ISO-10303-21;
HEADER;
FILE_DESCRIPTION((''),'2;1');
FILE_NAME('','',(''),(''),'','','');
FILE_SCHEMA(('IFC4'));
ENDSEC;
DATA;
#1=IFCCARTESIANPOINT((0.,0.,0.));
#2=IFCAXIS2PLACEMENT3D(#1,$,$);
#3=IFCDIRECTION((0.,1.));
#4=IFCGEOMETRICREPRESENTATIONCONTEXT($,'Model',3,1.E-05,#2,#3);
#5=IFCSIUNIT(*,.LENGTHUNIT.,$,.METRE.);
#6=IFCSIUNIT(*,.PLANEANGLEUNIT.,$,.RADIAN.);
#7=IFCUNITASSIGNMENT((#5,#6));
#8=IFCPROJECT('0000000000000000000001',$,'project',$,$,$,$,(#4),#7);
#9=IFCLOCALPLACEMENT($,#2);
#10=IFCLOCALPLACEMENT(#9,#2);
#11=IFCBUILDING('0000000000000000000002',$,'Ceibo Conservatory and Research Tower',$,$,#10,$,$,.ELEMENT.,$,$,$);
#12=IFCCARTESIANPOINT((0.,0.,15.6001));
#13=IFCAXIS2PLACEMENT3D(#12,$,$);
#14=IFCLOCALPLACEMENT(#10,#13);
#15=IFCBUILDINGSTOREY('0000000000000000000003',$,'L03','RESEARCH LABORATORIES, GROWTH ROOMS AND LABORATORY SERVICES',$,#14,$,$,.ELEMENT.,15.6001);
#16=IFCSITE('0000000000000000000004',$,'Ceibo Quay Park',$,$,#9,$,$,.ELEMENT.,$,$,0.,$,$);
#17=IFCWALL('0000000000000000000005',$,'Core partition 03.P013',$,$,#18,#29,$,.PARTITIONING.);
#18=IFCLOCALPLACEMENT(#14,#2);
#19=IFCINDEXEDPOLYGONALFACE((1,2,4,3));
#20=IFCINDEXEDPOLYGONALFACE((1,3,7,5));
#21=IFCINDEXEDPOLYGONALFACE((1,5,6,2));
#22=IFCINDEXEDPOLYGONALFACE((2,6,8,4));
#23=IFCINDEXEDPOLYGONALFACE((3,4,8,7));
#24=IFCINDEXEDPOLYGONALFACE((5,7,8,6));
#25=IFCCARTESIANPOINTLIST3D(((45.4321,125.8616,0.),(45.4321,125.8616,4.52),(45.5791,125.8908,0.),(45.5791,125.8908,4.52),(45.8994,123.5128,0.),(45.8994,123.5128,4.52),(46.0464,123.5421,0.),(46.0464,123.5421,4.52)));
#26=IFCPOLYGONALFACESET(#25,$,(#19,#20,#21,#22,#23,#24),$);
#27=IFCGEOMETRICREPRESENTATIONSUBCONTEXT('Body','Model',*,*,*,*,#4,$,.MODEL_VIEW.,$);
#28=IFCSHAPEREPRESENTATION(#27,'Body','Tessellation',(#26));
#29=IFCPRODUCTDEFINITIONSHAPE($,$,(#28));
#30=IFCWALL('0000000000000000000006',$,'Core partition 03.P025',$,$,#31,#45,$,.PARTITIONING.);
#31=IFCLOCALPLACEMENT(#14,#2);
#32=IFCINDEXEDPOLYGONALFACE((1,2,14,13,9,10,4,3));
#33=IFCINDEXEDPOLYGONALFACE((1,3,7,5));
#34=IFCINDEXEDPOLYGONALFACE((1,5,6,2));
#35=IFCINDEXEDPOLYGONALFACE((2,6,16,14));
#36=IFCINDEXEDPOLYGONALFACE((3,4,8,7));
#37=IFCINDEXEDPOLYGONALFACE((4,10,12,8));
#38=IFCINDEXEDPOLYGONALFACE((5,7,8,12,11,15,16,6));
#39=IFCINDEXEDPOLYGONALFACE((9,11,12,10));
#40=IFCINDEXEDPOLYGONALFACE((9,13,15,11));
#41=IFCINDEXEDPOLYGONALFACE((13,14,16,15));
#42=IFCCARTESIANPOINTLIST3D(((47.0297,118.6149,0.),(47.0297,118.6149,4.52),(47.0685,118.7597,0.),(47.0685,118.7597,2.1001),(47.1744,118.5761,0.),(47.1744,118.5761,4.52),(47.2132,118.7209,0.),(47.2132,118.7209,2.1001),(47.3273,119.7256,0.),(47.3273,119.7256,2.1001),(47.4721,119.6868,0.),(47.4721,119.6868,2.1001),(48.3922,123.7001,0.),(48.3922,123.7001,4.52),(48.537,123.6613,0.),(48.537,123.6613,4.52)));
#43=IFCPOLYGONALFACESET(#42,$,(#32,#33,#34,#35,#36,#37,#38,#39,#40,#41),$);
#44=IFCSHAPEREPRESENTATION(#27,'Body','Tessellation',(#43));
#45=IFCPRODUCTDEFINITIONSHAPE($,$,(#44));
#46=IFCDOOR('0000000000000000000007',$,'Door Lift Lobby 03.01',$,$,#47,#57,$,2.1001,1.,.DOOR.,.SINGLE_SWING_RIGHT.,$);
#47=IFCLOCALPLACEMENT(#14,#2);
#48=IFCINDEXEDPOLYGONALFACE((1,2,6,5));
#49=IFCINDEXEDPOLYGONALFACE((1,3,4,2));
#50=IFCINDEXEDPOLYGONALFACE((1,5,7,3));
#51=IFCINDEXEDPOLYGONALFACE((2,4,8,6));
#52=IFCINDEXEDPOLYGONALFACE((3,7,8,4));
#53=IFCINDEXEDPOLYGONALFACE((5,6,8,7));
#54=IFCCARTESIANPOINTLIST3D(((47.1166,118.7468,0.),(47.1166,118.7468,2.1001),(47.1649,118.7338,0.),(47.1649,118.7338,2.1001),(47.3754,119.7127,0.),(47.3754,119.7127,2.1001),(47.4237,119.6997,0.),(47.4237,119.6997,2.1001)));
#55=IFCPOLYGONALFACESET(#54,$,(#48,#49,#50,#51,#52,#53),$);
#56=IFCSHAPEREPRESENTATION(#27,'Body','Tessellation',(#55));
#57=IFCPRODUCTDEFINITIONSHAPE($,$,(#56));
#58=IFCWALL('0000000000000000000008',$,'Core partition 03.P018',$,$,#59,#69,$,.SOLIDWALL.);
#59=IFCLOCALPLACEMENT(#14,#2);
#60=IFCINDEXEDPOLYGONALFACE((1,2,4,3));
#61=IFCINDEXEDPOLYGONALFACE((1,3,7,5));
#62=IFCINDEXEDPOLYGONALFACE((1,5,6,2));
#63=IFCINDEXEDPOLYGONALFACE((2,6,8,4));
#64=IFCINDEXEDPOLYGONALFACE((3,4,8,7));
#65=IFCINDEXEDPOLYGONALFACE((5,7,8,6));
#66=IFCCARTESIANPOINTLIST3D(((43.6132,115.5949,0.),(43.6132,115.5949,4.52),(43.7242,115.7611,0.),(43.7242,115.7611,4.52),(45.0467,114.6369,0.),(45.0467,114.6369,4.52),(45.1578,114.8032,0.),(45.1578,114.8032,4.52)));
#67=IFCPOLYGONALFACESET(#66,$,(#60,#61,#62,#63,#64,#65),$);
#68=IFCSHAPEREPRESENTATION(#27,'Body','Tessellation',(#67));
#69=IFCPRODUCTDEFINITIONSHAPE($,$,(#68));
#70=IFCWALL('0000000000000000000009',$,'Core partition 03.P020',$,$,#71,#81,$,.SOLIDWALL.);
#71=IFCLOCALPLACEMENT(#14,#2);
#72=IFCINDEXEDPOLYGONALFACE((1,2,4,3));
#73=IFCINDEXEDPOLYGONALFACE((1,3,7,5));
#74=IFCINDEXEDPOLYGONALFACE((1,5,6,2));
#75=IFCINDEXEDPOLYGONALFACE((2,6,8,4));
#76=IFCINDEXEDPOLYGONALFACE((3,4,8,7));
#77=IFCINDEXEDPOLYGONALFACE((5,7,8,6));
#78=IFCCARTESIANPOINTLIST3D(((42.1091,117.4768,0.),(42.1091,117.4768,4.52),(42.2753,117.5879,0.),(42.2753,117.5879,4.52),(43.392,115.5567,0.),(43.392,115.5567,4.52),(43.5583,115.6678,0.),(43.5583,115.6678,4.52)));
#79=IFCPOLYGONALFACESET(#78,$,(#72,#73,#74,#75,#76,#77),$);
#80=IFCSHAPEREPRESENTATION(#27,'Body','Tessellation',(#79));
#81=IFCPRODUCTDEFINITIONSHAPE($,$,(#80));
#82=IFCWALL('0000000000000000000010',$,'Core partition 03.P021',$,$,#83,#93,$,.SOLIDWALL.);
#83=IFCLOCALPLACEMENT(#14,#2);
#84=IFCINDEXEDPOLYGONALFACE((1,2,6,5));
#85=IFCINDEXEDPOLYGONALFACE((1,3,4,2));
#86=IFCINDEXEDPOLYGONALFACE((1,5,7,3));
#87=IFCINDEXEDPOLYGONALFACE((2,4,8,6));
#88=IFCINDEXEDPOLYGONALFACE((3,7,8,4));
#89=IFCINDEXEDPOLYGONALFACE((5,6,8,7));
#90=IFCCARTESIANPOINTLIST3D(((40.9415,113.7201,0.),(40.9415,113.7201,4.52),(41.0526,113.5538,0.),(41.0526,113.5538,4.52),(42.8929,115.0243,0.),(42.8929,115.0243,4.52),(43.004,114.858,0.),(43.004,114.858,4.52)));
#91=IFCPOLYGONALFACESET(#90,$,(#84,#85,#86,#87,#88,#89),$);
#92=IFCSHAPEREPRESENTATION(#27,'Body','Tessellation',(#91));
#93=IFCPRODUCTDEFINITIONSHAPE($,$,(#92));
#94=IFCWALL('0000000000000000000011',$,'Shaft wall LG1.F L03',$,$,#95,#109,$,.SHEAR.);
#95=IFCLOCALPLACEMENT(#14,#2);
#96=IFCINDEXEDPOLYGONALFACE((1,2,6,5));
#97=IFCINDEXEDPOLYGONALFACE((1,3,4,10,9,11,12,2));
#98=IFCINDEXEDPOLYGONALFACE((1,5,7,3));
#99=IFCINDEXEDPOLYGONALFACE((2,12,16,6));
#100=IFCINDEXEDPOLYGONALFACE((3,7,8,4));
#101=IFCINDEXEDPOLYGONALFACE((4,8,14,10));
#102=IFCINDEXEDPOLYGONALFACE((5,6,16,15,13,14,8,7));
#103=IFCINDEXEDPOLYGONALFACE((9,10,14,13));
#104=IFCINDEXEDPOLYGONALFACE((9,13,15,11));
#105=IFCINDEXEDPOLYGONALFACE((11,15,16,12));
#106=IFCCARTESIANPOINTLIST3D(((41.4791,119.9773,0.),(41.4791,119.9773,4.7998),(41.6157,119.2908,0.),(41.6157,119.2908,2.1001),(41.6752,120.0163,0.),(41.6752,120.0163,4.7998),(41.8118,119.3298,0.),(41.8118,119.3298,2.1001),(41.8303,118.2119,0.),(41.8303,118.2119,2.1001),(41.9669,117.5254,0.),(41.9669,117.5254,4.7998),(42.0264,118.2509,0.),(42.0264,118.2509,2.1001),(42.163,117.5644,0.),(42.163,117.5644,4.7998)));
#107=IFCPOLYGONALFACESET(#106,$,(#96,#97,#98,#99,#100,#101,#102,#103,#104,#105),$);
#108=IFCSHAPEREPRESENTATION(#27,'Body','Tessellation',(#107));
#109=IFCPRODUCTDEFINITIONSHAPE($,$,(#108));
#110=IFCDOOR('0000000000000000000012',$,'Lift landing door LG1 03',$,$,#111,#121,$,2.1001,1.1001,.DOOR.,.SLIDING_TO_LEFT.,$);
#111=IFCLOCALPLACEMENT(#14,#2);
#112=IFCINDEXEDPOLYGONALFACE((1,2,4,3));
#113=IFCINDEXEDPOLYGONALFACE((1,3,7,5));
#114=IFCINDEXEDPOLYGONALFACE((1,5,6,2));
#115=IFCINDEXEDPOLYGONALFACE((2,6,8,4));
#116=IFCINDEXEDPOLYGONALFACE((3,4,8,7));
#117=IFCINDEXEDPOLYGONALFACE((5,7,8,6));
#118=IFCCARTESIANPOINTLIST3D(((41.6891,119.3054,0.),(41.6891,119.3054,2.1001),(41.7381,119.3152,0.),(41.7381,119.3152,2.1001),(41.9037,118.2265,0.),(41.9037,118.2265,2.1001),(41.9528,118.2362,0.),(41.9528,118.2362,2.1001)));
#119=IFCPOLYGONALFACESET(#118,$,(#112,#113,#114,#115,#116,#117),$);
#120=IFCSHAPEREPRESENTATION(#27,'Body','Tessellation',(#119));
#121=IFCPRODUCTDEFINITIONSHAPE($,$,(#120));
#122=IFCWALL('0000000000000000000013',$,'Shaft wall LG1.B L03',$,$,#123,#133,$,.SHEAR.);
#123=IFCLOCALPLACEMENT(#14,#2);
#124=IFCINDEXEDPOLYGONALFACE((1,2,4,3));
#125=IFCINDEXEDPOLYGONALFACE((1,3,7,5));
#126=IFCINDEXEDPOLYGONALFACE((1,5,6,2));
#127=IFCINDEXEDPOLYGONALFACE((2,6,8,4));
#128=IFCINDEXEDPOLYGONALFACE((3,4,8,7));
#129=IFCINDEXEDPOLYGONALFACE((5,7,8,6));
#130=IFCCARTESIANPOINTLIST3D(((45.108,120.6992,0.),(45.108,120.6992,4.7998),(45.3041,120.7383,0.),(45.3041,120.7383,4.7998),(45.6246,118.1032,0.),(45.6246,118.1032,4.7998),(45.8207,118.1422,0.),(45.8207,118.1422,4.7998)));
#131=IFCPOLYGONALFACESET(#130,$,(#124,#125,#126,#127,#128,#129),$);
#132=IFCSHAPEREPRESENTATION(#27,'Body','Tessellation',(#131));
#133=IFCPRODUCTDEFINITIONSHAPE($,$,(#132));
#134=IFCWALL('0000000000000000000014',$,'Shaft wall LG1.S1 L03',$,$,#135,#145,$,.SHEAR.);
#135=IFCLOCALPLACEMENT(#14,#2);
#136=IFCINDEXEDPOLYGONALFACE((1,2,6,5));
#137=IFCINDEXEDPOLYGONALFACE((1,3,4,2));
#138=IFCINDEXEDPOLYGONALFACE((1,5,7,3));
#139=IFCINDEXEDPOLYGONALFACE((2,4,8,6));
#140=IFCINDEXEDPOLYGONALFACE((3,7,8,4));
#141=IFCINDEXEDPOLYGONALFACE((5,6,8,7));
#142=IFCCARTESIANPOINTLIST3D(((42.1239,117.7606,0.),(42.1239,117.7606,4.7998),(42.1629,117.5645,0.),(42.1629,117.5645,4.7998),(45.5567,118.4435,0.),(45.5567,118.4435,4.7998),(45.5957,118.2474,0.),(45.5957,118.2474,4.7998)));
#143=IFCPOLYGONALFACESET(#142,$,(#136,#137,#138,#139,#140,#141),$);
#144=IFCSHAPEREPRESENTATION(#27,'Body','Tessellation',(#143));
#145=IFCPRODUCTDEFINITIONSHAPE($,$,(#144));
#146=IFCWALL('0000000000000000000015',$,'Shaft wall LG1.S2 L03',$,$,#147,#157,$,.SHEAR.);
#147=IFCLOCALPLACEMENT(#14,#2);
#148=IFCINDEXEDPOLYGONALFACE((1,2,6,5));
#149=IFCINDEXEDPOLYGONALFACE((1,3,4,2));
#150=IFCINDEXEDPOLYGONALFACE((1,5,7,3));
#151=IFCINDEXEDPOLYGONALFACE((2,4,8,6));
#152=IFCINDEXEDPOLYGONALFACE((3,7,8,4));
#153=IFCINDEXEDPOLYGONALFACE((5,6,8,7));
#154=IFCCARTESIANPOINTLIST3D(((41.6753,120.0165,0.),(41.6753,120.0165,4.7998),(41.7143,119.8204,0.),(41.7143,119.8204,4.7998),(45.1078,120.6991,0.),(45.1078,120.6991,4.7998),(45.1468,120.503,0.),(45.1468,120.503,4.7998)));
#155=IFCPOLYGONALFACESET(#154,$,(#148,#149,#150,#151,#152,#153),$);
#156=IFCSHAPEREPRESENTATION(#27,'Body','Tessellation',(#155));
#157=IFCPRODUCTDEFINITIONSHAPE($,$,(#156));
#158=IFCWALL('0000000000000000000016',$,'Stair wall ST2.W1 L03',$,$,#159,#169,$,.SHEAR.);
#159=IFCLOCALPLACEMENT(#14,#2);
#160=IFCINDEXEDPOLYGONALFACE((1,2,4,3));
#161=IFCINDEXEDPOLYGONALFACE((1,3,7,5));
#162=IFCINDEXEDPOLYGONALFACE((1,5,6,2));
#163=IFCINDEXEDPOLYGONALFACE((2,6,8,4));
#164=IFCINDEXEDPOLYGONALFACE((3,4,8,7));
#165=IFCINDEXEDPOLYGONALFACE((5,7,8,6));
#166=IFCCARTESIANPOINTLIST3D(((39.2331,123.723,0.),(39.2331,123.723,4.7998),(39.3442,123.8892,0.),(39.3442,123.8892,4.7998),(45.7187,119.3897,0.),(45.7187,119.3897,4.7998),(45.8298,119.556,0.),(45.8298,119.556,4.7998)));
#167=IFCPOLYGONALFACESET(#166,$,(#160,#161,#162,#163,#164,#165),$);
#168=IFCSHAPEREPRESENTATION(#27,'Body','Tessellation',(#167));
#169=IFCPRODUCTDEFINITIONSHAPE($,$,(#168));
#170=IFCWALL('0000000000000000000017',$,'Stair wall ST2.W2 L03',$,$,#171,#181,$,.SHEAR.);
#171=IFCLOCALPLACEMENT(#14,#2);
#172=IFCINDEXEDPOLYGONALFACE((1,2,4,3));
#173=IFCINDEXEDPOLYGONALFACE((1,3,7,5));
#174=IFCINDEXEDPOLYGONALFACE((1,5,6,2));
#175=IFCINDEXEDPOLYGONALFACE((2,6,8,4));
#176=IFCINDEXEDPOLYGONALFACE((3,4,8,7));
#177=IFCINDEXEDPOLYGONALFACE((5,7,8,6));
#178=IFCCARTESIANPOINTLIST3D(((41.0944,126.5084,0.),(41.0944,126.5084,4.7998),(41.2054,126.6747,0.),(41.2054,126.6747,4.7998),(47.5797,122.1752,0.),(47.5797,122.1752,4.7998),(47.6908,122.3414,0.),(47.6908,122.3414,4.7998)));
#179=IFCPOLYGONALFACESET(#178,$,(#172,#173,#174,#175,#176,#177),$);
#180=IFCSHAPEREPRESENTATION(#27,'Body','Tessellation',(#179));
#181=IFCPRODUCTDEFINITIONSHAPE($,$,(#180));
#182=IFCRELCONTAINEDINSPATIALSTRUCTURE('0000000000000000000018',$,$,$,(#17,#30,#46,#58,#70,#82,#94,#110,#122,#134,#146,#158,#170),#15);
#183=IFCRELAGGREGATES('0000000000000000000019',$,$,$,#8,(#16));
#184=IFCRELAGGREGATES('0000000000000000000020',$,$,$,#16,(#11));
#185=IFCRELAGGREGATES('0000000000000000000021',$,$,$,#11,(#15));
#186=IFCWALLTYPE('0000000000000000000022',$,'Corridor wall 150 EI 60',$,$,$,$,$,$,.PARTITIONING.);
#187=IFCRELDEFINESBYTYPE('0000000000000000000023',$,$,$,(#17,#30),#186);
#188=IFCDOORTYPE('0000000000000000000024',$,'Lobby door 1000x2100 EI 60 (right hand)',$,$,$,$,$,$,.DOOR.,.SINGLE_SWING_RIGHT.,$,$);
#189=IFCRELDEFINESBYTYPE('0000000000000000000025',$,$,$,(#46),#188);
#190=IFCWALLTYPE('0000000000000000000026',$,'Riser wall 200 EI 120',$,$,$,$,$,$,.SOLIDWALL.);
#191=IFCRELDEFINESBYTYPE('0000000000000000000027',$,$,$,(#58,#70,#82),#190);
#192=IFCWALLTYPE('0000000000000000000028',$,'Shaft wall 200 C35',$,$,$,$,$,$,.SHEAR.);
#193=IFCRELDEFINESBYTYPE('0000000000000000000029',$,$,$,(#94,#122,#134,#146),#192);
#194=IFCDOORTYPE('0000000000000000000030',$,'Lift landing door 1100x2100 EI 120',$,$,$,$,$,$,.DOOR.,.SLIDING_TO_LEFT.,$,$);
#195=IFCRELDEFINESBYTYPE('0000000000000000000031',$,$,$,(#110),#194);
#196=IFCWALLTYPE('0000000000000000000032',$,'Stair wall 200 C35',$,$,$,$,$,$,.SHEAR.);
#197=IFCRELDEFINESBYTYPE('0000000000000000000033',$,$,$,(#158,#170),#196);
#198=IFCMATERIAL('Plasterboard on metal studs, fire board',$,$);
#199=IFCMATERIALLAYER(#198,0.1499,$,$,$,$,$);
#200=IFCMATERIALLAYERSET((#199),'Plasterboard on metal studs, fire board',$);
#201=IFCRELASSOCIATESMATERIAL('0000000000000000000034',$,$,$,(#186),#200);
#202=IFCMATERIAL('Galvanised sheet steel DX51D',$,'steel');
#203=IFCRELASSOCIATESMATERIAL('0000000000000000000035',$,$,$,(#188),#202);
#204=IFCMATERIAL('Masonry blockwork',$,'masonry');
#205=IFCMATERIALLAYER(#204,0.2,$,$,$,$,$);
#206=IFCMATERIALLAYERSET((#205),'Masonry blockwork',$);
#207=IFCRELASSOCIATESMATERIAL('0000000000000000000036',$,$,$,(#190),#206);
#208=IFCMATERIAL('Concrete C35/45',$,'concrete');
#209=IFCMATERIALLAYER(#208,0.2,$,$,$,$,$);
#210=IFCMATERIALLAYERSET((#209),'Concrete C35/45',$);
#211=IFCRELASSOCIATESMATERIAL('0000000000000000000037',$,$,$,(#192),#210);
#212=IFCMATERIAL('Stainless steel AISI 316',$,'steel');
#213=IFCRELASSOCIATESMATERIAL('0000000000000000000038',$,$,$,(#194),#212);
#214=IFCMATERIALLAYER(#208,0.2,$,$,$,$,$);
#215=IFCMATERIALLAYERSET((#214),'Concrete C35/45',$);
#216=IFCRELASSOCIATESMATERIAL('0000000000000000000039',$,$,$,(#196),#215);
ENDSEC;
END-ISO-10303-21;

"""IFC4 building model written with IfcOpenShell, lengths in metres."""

from ifc_helpers import new_model, si_unit, direction, frame, frame_2d, origin, place, context, subcontext, project, spatial, rectangle, extrude, material, layer, layer_set, type_object, element, fill, save


model = new_model("IFC4")

# Units and contexts
model_context = context("Model", 3, precision=1e-05, world=origin(), true_north=direction((0.0, 1.0)))
body_context = subcontext(model_context, "Body", "Model", "MODEL_VIEW")
ifc_project = project(units=[si_unit("LENGTHUNIT", "METRE"), si_unit("PLANEANGLEUNIT", "RADIAN")], contexts=[model_context])

# Site, building, storey
site_placement = place(None, origin())
site = spatial("IfcSite", under=ifc_project, at=site_placement, Name="Ceibo Quay Park", CompositionType="ELEMENT", RefElevation=0.0)
building_placement = place(site_placement, origin())
building = spatial("IfcBuilding", under=site, at=building_placement, Name="Ceibo Conservatory and Research Tower", CompositionType="ELEMENT")
storey_placement = place(building_placement, frame((0.0, 0.0, 15.6001)))
storey = spatial("IfcBuildingStorey", under=building, at=storey_placement, Name="L03", Description="RESEARCH LABORATORIES, GROWTH ROOMS AND LABORATORY SERVICES", CompositionType="ELEMENT", Elevation=15.6001)

# Shared definitions
ifc_material_1 = material(Name="Concrete C35/45", Category="concrete")

# Shared definitions
ifc_material_2 = material(Name="Galvanised sheet steel DX51D", Category="steel")

# Wall
ifc_material_3 = material(Name="Plasterboard on metal studs, fire board")
ifc_layer_1 = layer(ifc_material_3, 0.1499)
ifc_layer_set_1 = layer_set([ifc_layer_1], Name="Plasterboard on metal studs, fire board")
wall_type_1 = type_object("IfcWallType", Name="Corridor wall 150 EI 60", PredefinedType="PARTITIONING", material=ifc_layer_set_1)
wall_1_placement = place(storey_placement, frame((45.9729, 123.5276, 0.0), z_axis=(0.0, 0.0, 1.0), x_axis=(-0.195136, 0.980776, 0.0)))
element("IfcWall", 1, at=wall_1_placement, inside=storey, type_object=wall_type_1, Name="Core partition 03.P013", PredefinedType="PARTITIONING", context=body_context, shape_type="SweptSolid", body=[
    extrude(rectangle(XDim=2.3948, YDim=0.1499, at=frame_2d((1.1973, 0.0))), origin(), (0.0, 0.0, 1.0), 4.52),
])

# Wall, opening, door
wall_2_placement = place(storey_placement, frame((47.1021, 118.5955, 0.0), z_axis=(0.0, 0.0, 1.0), x_axis=(0.258814, 0.965927, 0.0)))
wall_2 = element("IfcWall", 2, at=wall_2_placement, inside=storey, type_object=wall_type_1, Name="Core partition 03.P025", PredefinedType="PARTITIONING", context=body_context, shape_type="SweptSolid", body=[
    extrude(rectangle(XDim=5.2646, YDim=0.1499, at=frame_2d((2.6323, 0.0))), origin(), (0.0, 0.0, 1.0), 4.52),
])
opening_1_placement = place(wall_2_placement, frame((0.1499, 0.0, 0.0)))
opening_1 = element("IfcOpeningElement", 3, at=opening_1_placement, cuts=wall_2, PredefinedType="OPENING", context=body_context, shape_type="SweptSolid", body=[
    extrude(rectangle(XDim=1.0, YDim=2.1001, at=frame_2d((0.5, 1.05))), frame((0.0, 0.085, 0.0), z_axis=(0.0, -1.0, 0.0), x_axis=(1.0, 0.0, 0.0)), (0.0, 0.0, 1.0), 0.1699),
])
door_type_1 = type_object("IfcDoorType", Name="Lobby door 1000x2100 EI 60 (right hand)", OperationType="SINGLE_SWING_RIGHT", PredefinedType="DOOR", material=ifc_material_2)
door_1_placement = place(opening_1_placement, frame((1.0, 0.0, 0.0), z_axis=(0.0, 0.0, 1.0), x_axis=(-1.0, 0.0, 0.0)))
door_1 = element("IfcDoor", 4, at=door_1_placement, inside=storey, type_object=door_type_1, Name="Door Lift Lobby 03.01", OperationType="SINGLE_SWING_RIGHT", OverallHeight=2.1001, OverallWidth=1.0, PredefinedType="DOOR", context=body_context, shape_type="SweptSolid", body=[
    extrude(rectangle(XDim=1.0, YDim=2.1001, at=frame_2d((0.5, 1.05))), frame((0.0, 0.0249, 0.0), z_axis=(0.0, -1.0, 0.0), x_axis=(1.0, 0.0, 0.0)), (0.0, 0.0, 1.0), 0.05),
])
fill(opening_1, door_1)

# Walls
ifc_material_4 = material(Name="Masonry blockwork", Category="masonry")
ifc_layer_2 = layer(ifc_material_4, 0.2)
ifc_layer_set_2 = layer_set([ifc_layer_2], Name="Masonry blockwork")
wall_type_2 = type_object("IfcWallType", Name="Riser wall 200 EI 120", PredefinedType="SOLIDWALL", material=ifc_layer_set_2)
wall_3_placement = place(storey_placement, frame((43.6687, 115.678, 0.0), z_axis=(0.0, 0.0, 1.0), x_axis=(0.83144, -0.555615, 0.0)))
element("IfcWall", 5, at=wall_3_placement, inside=storey, type_object=wall_type_2, Name="Core partition 03.P018", PredefinedType="SOLIDWALL", context=body_context, shape_type="SweptSolid", body=[
    extrude(rectangle(XDim=1.7241, YDim=0.2, at=frame_2d((0.8621, 0.0))), origin(), (0.0, 0.0, 1.0), 4.52),
])
wall_4_placement = place(storey_placement, frame((42.1921, 117.5325, 0.0), z_axis=(0.0, 0.0, 1.0), x_axis=(0.555554, -0.831481, 0.0)))
element("IfcWall", 6, at=wall_4_placement, inside=storey, type_object=wall_type_2, Name="Core partition 03.P020", PredefinedType="SOLIDWALL", context=body_context, shape_type="SweptSolid", body=[
    extrude(rectangle(XDim=2.3093, YDim=0.2, at=frame_2d((1.1548, 0.0))), origin(), (0.0, 0.0, 1.0), 4.52),
])
wall_5_placement = place(storey_placement, frame((42.9485, 114.9412, 0.0), z_axis=(0.0, 0.0, 1.0), x_axis=(-0.83141, -0.55566, 0.0)))
element("IfcWall", 7, at=wall_5_placement, inside=storey, type_object=wall_type_2, Name="Core partition 03.P021", PredefinedType="SOLIDWALL", context=body_context, shape_type="SweptSolid", body=[
    extrude(rectangle(XDim=2.3472, YDim=0.2, at=frame_2d((1.1736, 0.0))), origin(), (0.0, 0.0, 1.0), 4.52),
])

# Wall, opening, door
ifc_layer_3 = layer(ifc_material_1, 0.2)
ifc_layer_set_3 = layer_set([ifc_layer_3], Name="Concrete C35/45")
wall_type_3 = type_object("IfcWallType", Name="Shaft wall 200 C35", PredefinedType="SHEAR", material=ifc_layer_set_3)
wall_6_placement = place(storey_placement, frame((41.5771, 119.9968, 0.0), z_axis=(0.0, 0.0, 1.0), x_axis=(0.195121, -0.980779, 0.0)))
wall_6 = element("IfcWall", 8, at=wall_6_placement, inside=storey, type_object=wall_type_3, Name="Shaft wall LG1.F L03", PredefinedType="SHEAR", context=body_context, shape_type="SweptSolid", body=[
    extrude(rectangle(XDim=2.5, YDim=0.2, at=frame_2d((1.25, 0.0))), origin(), (0.0, 0.0, 1.0), 4.7998),
])
opening_2_placement = place(wall_6_placement, frame((0.7, 0.0, 0.0)))
opening_2 = element("IfcOpeningElement", 9, at=opening_2_placement, cuts=wall_6, PredefinedType="OPENING", context=body_context, shape_type="SweptSolid", body=[
    extrude(rectangle(XDim=1.1001, YDim=2.1001, at=frame_2d((0.55, 1.05))), frame((0.0, 0.1099, 0.0), z_axis=(0.0, -1.0, 0.0), x_axis=(1.0, 0.0, 0.0)), (0.0, 0.0, 1.0), 0.22),
])
ifc_material_5 = material(Name="Stainless steel AISI 316", Category="steel")
door_type_2 = type_object("IfcDoorType", Name="Lift landing door 1100x2100 EI 120", OperationType="SLIDING_TO_LEFT", PredefinedType="DOOR", material=ifc_material_5)
door_2_placement = place(opening_2_placement, origin())
door_2 = element("IfcDoor", 10, at=door_2_placement, inside=storey, type_object=door_type_2, Name="Lift landing door LG1 03", OperationType="SLIDING_TO_LEFT", OverallHeight=2.1001, OverallWidth=1.1001, PredefinedType="DOOR", context=body_context, shape_type="SweptSolid", body=[
    extrude(rectangle(XDim=1.1001, YDim=2.1001, at=frame_2d((0.55, 1.05))), frame((0.0, 0.0249, 0.0), z_axis=(0.0, -1.0, 0.0), x_axis=(1.0, 0.0, 0.0)), (0.0, 0.0, 1.0), 0.05),
])
fill(opening_2, door_2)

# Walls
wall_7_placement = place(storey_placement, frame((45.2061, 120.7188, 0.0), z_axis=(0.0, 0.0, 1.0), x_axis=(0.195158, -0.980772, 0.0)))
element("IfcWall", 11, at=wall_7_placement, inside=storey, type_object=wall_type_3, Name="Shaft wall LG1.B L03", PredefinedType="SHEAR", context=body_context, shape_type="SweptSolid", body=[
    extrude(rectangle(XDim=2.647, YDim=0.2, at=frame_2d((1.3235, 0.0))), origin(), (0.0, 0.0, 1.0), 4.7998),
])
wall_8_placement = place(storey_placement, frame((45.5762, 118.3455, 0.0), z_axis=(0.0, 0.0, 1.0), x_axis=(-0.980781, -0.19511, 0.0)))
element("IfcWall", 12, at=wall_8_placement, inside=storey, type_object=wall_type_3, Name="Shaft wall LG1.S1 L03", PredefinedType="SHEAR", context=body_context, shape_type="SweptSolid", body=[
    extrude(rectangle(XDim=3.5, YDim=0.2, at=frame_2d((1.75, 0.0))), origin(), (0.0, 0.0, 1.0), 4.7998),
])
wall_9_placement = place(storey_placement, frame((45.1274, 120.6011, 0.0), z_axis=(0.0, 0.0, 1.0), x_axis=(-0.980795, -0.195043, 0.0)))
element("IfcWall", 13, at=wall_9_placement, inside=storey, type_object=wall_type_3, Name="Shaft wall LG1.S2 L03", PredefinedType="SHEAR", context=body_context, shape_type="SweptSolid", body=[
    extrude(rectangle(XDim=3.4998, YDim=0.2, at=frame_2d((1.75, 0.0))), origin(), (0.0, 0.0, 1.0), 4.7998),
])
ifc_layer_4 = layer(ifc_material_1, 0.2)
ifc_layer_set_4 = layer_set([ifc_layer_4], Name="Concrete C35/45")
wall_type_4 = type_object("IfcWallType", Name="Stair wall 200 C35", PredefinedType="SHEAR", material=ifc_layer_set_4)
wall_10_placement = place(storey_placement, frame((45.7742, 119.4729, 0.0), z_axis=(0.0, 0.0, 1.0), x_axis=(-0.831486, 0.555545, 0.0)))
element("IfcWall", 14, at=wall_10_placement, inside=storey, type_object=wall_type_4, Name="Stair wall ST2.W1 L03", PredefinedType="SHEAR", context=body_context, shape_type="SweptSolid", body=[
    extrude(rectangle(XDim=7.8, YDim=0.2, at=frame_2d((3.8999, 0.0))), origin(), (0.0, 0.0, 1.0), 4.7998),
])
wall_11_placement = place(storey_placement, frame((47.6353, 122.2583, 0.0), z_axis=(0.0, 0.0, 1.0), x_axis=(-0.831477, 0.555559, 0.0)))
element("IfcWall", 15, at=wall_11_placement, inside=storey, type_object=wall_type_4, Name="Stair wall ST2.W2 L03", PredefinedType="SHEAR", context=body_context, shape_type="SweptSolid", body=[
    extrude(rectangle(XDim=7.7998, YDim=0.2, at=frame_2d((3.8999, 0.0))), origin(), (0.0, 0.0, 1.0), 4.7998),
])

save(model, "model.ifc")
